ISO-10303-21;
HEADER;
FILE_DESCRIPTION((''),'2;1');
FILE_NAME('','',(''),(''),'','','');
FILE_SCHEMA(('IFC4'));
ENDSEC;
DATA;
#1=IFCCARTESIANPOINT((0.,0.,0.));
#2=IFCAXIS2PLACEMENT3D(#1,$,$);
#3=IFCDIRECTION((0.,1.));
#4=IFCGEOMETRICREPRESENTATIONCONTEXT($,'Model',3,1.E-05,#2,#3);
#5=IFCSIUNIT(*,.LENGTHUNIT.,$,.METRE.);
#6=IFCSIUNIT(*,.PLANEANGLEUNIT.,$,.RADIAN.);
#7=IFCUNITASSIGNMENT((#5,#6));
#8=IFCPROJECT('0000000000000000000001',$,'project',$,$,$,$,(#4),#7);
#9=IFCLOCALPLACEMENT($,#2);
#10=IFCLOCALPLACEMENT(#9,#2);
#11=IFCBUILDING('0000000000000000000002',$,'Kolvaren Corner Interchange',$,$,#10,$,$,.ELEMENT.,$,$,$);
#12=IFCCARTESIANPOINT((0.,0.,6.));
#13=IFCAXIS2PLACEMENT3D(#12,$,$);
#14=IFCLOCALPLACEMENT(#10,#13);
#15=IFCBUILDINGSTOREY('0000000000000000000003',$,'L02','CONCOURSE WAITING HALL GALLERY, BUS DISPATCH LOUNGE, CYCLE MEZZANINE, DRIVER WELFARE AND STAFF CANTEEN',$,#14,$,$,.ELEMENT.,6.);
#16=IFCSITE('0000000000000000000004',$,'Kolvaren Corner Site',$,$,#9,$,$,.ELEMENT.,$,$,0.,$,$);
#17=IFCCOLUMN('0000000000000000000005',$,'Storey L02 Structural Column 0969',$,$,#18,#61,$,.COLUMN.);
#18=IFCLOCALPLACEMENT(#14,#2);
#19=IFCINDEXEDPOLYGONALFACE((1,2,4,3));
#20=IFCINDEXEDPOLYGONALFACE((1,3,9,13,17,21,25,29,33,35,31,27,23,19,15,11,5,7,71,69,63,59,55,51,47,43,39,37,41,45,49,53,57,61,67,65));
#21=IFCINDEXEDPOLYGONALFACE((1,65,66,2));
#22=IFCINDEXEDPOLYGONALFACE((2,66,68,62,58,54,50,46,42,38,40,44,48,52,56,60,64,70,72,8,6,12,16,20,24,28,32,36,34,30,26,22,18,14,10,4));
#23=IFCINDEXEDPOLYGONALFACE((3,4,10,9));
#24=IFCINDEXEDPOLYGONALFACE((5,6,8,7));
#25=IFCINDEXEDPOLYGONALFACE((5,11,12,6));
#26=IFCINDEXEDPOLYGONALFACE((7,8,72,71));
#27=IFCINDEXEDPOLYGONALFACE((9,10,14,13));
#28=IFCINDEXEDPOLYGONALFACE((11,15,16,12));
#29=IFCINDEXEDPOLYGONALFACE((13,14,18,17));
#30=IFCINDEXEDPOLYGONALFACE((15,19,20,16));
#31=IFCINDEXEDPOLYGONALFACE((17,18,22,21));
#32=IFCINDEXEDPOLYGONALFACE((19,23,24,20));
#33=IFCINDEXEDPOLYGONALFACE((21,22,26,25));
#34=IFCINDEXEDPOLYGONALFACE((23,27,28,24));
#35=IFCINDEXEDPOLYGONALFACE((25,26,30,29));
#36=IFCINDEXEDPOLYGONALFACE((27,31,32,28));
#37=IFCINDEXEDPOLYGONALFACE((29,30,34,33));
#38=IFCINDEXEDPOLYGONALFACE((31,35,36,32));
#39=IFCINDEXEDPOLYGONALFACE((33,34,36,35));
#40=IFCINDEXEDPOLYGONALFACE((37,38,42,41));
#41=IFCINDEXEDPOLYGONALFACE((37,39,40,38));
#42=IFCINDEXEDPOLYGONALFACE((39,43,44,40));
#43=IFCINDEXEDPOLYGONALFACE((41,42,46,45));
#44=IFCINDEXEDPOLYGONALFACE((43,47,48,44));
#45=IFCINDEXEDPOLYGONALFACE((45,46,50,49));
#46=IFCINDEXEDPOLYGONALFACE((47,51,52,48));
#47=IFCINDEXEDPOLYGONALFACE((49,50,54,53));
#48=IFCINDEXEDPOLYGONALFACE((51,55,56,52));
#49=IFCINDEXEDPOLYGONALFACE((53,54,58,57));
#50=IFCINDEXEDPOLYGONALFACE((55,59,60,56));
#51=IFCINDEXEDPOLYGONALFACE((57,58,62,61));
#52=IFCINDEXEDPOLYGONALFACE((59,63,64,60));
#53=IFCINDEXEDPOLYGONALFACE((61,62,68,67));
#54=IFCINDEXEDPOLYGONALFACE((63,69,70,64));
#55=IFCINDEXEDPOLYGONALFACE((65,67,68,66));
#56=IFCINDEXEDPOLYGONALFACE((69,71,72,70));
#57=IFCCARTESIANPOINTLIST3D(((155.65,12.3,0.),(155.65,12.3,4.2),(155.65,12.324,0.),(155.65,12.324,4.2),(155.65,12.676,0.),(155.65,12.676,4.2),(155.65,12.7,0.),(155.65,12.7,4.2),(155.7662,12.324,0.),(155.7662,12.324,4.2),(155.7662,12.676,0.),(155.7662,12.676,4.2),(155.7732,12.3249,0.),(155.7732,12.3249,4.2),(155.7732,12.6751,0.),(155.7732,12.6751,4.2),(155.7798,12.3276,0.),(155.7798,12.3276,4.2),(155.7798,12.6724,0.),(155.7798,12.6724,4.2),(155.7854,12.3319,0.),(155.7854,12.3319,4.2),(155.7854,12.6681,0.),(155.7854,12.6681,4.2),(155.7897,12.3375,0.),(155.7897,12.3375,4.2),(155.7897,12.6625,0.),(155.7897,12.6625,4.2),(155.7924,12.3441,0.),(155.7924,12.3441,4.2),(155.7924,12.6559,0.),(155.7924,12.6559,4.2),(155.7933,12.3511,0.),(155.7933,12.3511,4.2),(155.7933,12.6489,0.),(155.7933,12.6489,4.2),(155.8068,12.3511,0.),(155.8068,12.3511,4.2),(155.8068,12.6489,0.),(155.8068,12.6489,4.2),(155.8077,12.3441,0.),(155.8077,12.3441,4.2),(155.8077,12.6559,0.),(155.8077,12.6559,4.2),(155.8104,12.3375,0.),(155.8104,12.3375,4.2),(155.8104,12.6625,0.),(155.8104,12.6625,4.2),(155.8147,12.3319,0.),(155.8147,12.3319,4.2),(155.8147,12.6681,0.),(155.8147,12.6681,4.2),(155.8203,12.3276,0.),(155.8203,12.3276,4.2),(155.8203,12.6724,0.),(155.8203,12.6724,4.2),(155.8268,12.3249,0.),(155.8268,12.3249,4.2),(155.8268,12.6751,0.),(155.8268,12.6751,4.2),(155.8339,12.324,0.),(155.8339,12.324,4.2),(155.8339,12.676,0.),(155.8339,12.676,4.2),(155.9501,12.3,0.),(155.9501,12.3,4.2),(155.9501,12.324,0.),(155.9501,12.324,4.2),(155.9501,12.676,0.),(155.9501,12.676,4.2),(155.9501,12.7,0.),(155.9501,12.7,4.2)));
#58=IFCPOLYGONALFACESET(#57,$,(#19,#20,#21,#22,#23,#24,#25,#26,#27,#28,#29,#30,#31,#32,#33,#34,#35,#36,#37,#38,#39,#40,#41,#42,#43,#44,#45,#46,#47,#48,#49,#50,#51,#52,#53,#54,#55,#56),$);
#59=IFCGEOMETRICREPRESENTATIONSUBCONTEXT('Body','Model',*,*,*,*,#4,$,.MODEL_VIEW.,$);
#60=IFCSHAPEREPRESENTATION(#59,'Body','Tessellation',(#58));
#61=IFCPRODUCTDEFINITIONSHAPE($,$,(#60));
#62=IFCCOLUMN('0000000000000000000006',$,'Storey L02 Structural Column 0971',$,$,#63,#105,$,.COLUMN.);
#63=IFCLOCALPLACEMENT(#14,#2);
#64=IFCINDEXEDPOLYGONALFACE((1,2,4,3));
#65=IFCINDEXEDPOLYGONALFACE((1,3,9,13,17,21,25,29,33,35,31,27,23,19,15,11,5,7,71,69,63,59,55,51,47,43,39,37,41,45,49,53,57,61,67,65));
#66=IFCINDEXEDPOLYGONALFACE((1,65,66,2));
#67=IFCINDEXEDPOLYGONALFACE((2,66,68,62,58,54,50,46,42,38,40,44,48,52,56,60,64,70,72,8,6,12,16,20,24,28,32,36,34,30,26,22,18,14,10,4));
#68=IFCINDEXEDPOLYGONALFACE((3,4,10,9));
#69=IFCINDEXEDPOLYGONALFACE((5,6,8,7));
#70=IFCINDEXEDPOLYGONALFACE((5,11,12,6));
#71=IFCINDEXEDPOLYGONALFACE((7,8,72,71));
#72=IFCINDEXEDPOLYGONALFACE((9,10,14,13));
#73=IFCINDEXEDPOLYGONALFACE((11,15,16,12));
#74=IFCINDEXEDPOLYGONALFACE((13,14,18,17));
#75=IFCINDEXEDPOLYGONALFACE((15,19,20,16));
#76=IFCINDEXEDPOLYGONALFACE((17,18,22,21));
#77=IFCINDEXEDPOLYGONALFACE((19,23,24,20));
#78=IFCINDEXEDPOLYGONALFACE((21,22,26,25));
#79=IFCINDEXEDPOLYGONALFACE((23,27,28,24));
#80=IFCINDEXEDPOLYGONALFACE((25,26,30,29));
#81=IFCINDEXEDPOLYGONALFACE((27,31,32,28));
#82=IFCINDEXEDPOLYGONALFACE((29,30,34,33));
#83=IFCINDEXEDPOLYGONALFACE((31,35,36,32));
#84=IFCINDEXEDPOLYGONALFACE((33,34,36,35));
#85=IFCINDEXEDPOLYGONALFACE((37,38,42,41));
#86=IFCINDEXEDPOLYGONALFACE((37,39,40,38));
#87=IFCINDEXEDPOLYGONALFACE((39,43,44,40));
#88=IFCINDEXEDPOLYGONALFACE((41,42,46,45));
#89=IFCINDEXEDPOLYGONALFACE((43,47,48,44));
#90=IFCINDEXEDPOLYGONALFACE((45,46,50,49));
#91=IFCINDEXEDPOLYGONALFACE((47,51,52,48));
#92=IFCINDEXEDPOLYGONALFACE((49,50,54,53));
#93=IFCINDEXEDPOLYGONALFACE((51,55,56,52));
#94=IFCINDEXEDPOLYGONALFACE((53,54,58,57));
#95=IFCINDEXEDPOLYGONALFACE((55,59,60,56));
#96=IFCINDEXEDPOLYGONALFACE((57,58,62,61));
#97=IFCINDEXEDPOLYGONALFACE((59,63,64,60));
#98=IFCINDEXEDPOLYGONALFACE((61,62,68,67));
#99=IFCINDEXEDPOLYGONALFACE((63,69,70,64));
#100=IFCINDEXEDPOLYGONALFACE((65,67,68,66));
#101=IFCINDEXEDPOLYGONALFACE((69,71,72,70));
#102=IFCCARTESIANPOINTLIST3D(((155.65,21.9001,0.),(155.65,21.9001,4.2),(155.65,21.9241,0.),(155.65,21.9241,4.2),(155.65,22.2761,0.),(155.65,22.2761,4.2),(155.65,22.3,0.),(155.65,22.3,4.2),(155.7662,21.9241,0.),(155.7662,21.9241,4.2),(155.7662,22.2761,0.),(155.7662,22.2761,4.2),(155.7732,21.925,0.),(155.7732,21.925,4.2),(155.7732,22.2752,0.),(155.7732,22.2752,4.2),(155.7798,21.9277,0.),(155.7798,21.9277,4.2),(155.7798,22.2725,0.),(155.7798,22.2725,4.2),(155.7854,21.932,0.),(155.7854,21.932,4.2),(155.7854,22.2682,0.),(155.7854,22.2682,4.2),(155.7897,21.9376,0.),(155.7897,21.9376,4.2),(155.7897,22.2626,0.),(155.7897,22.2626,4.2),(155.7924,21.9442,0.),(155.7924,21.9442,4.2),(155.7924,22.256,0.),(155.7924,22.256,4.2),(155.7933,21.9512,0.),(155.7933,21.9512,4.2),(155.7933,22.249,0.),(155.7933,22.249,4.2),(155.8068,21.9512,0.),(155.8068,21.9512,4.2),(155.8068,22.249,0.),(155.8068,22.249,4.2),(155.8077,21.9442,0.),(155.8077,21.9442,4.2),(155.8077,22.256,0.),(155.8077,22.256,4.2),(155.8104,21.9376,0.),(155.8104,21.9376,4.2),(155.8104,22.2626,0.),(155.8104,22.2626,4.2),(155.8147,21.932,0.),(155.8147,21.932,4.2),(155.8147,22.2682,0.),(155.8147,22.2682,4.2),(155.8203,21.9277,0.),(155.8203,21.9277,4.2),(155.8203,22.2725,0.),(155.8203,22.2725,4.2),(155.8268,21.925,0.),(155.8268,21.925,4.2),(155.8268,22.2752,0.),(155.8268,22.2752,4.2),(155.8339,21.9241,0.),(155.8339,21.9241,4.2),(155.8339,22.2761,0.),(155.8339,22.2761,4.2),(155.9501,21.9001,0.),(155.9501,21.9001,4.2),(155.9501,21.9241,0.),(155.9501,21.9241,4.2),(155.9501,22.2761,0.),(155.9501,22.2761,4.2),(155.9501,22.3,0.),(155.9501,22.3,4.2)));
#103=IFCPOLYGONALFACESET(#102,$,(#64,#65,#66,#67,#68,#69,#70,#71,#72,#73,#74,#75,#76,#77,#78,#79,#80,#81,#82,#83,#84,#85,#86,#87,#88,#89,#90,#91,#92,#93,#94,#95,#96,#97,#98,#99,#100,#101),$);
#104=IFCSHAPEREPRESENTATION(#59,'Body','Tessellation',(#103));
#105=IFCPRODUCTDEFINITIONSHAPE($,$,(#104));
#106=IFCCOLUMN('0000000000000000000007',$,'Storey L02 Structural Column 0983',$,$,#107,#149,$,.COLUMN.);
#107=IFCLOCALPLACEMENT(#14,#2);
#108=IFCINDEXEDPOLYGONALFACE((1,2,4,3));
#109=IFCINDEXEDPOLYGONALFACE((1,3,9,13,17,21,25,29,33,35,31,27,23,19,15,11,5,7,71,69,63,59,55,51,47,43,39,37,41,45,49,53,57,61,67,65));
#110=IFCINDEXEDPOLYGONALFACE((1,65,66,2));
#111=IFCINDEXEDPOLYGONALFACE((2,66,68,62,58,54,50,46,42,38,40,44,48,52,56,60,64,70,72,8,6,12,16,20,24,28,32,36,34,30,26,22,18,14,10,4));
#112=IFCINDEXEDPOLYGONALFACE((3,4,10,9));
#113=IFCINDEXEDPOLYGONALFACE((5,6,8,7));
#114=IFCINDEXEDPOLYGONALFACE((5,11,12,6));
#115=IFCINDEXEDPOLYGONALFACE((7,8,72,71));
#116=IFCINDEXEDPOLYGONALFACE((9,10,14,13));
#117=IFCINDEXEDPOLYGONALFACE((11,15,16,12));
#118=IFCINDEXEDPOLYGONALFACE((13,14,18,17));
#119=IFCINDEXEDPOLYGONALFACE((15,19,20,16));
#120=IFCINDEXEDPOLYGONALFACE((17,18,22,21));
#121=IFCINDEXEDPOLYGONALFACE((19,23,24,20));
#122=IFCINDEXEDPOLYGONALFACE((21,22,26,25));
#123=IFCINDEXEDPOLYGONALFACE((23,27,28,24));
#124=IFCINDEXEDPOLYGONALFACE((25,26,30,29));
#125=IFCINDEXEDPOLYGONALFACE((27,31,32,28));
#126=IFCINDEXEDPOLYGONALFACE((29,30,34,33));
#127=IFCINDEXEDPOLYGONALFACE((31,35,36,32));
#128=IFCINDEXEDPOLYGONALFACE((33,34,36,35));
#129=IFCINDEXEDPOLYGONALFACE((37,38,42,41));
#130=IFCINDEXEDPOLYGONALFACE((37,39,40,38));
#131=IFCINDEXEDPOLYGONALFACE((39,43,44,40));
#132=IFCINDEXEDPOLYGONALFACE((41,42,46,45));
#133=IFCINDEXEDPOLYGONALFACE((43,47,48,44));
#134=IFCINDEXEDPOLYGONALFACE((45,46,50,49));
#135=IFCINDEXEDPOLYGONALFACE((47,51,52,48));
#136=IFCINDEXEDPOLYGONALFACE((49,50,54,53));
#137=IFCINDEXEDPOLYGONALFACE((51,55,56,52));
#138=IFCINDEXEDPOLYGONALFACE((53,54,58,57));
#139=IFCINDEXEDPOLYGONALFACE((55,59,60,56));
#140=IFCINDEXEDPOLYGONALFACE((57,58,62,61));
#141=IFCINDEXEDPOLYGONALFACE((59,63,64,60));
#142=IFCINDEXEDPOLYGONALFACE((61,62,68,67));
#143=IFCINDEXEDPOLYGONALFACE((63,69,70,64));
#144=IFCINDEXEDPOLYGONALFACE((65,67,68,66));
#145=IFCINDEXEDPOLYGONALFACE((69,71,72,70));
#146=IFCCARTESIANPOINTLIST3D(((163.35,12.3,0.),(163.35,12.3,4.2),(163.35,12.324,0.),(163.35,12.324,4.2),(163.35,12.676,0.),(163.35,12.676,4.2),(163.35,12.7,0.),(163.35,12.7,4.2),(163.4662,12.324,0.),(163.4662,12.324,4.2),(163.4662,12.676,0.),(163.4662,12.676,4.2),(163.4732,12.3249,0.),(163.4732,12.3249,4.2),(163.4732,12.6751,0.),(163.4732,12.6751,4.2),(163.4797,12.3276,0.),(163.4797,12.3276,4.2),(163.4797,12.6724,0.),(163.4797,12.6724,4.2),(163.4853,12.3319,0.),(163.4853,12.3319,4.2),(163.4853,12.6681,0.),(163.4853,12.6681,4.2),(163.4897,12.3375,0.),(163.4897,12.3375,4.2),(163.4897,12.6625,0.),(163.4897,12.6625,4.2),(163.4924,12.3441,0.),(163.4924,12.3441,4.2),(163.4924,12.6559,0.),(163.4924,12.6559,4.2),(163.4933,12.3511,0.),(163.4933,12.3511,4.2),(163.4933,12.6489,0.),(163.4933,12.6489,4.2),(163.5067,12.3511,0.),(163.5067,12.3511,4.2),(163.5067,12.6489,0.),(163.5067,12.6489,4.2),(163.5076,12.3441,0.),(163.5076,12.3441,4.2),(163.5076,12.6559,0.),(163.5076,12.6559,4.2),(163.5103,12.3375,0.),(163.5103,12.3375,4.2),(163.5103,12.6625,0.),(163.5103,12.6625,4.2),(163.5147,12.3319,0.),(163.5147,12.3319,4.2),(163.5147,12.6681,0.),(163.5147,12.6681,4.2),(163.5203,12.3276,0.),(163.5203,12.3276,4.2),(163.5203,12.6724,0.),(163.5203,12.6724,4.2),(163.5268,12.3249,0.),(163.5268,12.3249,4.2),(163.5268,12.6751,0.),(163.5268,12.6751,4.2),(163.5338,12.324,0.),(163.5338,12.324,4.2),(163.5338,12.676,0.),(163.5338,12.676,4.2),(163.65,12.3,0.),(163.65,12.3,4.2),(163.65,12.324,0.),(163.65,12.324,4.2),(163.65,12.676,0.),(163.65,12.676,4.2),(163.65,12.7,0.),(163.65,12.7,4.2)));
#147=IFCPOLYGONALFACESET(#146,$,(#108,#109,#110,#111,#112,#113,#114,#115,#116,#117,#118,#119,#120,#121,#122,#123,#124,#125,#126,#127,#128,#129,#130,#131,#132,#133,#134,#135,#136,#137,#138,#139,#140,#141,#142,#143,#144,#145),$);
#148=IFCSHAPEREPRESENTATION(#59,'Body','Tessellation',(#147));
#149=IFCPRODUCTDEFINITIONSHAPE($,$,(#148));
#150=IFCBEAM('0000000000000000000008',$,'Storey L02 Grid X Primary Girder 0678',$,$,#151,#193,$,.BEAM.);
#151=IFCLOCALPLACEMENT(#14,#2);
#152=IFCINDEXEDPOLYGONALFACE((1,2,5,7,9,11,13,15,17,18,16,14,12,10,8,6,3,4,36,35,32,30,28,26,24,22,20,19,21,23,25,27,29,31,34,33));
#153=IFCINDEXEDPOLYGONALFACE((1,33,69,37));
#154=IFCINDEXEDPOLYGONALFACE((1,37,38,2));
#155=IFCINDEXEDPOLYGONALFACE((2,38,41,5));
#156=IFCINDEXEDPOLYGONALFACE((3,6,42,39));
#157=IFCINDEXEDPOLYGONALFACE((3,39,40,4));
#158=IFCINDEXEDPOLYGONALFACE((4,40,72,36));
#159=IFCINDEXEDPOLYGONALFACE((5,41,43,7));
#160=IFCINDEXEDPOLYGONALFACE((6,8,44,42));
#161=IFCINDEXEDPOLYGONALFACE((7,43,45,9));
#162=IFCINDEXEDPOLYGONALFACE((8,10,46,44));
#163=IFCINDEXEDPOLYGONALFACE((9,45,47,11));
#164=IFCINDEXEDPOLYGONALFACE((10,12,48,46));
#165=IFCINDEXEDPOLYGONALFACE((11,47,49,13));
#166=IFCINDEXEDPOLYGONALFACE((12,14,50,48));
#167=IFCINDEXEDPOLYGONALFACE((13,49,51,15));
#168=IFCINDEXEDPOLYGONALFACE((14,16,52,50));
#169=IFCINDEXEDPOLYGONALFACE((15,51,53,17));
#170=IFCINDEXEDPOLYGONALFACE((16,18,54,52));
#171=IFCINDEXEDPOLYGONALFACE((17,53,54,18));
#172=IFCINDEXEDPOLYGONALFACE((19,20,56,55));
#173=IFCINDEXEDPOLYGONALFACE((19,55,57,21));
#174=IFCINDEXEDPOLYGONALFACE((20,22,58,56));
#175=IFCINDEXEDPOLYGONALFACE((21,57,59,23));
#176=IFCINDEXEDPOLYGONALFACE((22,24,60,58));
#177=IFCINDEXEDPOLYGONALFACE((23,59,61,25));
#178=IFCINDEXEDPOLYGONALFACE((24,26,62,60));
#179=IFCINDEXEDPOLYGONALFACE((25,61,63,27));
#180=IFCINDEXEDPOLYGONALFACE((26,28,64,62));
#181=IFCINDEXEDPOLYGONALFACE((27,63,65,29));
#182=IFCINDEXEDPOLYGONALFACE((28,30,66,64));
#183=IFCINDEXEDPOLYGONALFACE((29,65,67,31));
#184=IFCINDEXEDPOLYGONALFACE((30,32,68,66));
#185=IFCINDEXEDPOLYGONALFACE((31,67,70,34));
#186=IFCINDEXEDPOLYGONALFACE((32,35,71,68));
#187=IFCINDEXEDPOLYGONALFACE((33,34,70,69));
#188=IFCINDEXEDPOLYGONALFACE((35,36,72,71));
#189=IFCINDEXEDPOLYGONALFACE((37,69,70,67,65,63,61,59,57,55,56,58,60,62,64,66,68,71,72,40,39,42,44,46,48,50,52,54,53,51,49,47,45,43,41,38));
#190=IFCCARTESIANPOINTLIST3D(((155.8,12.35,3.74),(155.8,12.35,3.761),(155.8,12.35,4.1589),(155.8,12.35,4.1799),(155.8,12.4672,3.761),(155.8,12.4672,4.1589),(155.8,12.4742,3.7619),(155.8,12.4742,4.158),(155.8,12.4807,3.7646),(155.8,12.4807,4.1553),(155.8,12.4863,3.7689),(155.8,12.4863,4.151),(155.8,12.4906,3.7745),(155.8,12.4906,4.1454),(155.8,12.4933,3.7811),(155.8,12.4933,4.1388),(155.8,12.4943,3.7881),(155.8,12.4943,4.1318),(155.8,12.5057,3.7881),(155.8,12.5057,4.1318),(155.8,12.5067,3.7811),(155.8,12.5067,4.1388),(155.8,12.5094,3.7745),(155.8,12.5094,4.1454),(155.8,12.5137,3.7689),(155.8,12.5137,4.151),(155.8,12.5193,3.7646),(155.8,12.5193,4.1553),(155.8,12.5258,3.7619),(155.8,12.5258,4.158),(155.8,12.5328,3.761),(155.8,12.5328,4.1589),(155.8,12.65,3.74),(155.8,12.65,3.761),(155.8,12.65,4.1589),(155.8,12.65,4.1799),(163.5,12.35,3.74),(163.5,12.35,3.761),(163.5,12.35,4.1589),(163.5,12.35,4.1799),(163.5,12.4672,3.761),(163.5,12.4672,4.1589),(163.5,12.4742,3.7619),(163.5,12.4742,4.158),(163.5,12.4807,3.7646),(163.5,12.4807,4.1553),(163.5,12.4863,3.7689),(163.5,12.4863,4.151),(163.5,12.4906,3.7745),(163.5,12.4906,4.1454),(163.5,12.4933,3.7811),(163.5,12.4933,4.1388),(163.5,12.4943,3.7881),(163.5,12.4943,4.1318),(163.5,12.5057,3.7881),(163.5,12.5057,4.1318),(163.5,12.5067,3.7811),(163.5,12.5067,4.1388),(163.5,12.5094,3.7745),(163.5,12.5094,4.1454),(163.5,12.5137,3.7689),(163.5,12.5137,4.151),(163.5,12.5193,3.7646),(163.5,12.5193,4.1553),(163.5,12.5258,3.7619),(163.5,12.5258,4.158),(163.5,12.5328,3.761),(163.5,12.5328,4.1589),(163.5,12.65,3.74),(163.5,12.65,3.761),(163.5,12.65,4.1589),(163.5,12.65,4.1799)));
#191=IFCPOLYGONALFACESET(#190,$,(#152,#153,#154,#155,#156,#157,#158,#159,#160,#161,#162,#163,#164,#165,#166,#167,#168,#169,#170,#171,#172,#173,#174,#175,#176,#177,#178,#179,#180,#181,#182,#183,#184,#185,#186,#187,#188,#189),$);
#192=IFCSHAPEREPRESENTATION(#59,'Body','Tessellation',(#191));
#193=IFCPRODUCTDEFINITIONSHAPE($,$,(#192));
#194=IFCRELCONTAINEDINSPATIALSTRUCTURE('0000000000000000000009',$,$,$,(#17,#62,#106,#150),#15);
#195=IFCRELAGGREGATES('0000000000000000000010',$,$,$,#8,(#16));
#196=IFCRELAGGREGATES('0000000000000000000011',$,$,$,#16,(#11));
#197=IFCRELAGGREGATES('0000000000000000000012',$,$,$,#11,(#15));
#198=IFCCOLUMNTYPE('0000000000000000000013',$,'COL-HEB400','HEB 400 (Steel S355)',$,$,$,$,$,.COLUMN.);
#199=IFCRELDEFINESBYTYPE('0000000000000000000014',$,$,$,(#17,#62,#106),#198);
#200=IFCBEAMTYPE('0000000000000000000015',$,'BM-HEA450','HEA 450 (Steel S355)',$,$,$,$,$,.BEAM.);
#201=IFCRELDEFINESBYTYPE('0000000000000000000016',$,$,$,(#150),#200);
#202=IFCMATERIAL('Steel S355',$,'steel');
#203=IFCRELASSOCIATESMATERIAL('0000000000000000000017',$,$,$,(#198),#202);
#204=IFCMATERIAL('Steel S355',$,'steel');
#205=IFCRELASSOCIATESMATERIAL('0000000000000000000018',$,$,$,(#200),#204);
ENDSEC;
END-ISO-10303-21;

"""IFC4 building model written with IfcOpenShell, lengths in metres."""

from ifc_helpers import new_model, si_unit, direction, frame, origin, origin_2d, place, context, subcontext, project, spatial, i_section, extrude, material, material_profile, profile_set, type_object, element, save


model = new_model("IFC4")

# Units and contexts
model_context = context("Model", 3, precision=1e-05, world=origin(), true_north=direction((0.0, 1.0)))
body_context = subcontext(model_context, "Body", "Model", "MODEL_VIEW")
ifc_project = project(units=[si_unit("LENGTHUNIT", "METRE"), si_unit("PLANEANGLEUNIT", "RADIAN")], contexts=[model_context])

# Site, building, storey
site_placement = place(None, origin())
site = spatial("IfcSite", under=ifc_project, at=site_placement, Name="Kolvaren Corner Site", CompositionType="ELEMENT", RefElevation=0.0)
building_placement = place(site_placement, origin())
building = spatial("IfcBuilding", under=site, at=building_placement, Name="Kolvaren Corner Interchange", CompositionType="ELEMENT")
storey_placement = place(building_placement, frame((0.0, 0.0, 6.0)))
storey = spatial("IfcBuildingStorey", under=building, at=storey_placement, Name="L02", Description="CONCOURSE WAITING HALL GALLERY, BUS DISPATCH LOUNGE, CYCLE MEZZANINE, DRIVER WELFARE AND STAFF CANTEEN", CompositionType="ELEMENT", Elevation=6.0)

# Columns
ifc_material_1 = material(Name="Steel S355", Category="steel")
ifc_material_profile_1 = material_profile(ifc_material_1, i_section(OverallWidth=0.3, OverallDepth=0.3999, WebThickness=0.0134, FlangeThickness=0.0239, FilletRadius=0.0271, at=origin_2d()), Name="HEB 400")
ifc_profile_set_1 = profile_set([ifc_material_profile_1], Name="Steel S355")
column_type = type_object("IfcColumnType", Name="COL-HEB400", Description="HEB 400 (Steel S355)", PredefinedType="COLUMN", material=ifc_profile_set_1)
for number, where, z_axis, x_axis, name in (
    (1, (155.8, 12.5, 0.0), (0.0, 0.0, 1.0), (1.0, 0.0, 0.0), "Storey L02 Structural Column 0969"),
    (2, (155.8, 22.1001, 0.0), (0.0, 0.0, 1.0), (1.0, 0.0, 0.0), "Storey L02 Structural Column 0971"),
    (3, (163.5, 12.5, 0.0), (0.0, 0.0, 1.0), (1.0, 0.0, 0.0), "Storey L02 Structural Column 0983"),
):
    element("IfcColumn", number, at=place(storey_placement, frame(where, z_axis=z_axis, x_axis=x_axis)), inside=storey, type_object=column_type, Name=name, PredefinedType="COLUMN", context=body_context, shape_type="SweptSolid", body=[
        extrude(i_section(OverallWidth=0.3, OverallDepth=0.3999, WebThickness=0.0134, FlangeThickness=0.0239, FilletRadius=0.0271, at=origin_2d()), origin(), (0.0, 0.0, 1.0), 4.2),
    ])

# Beam
ifc_material_2 = material(Name="Steel S355", Category="steel")
ifc_material_profile_2 = material_profile(ifc_material_2, i_section(OverallWidth=0.3, OverallDepth=0.4399, WebThickness=0.0115, FlangeThickness=0.021, FilletRadius=0.0271, at=origin_2d()), Name="HEA 450")
ifc_profile_set_2 = profile_set([ifc_material_profile_2], Name="Steel S355")
beam_type_1 = type_object("IfcBeamType", Name="BM-HEA450", Description="HEA 450 (Steel S355)", PredefinedType="BEAM", material=ifc_profile_set_2)
for number, where, z_axis, x_axis, name in (
    (4, (155.8, 12.5, 3.96), (1.0, 0.0, 0.0), (0.0, 1.0, 0.0), "Storey L02 Grid X Primary Girder 0678"),
):
    element("IfcBeam", number, at=place(storey_placement, frame(where, z_axis=z_axis, x_axis=x_axis)), inside=storey, type_object=beam_type_1, Name=name, PredefinedType="BEAM", context=body_context, shape_type="SweptSolid", body=[
        extrude(i_section(OverallWidth=0.3, OverallDepth=0.4399, WebThickness=0.0115, FlangeThickness=0.021, FilletRadius=0.0271, at=origin_2d()), origin(), (0.0, 0.0, 1.0), 7.7),
    ])

save(model, "model.ifc")
